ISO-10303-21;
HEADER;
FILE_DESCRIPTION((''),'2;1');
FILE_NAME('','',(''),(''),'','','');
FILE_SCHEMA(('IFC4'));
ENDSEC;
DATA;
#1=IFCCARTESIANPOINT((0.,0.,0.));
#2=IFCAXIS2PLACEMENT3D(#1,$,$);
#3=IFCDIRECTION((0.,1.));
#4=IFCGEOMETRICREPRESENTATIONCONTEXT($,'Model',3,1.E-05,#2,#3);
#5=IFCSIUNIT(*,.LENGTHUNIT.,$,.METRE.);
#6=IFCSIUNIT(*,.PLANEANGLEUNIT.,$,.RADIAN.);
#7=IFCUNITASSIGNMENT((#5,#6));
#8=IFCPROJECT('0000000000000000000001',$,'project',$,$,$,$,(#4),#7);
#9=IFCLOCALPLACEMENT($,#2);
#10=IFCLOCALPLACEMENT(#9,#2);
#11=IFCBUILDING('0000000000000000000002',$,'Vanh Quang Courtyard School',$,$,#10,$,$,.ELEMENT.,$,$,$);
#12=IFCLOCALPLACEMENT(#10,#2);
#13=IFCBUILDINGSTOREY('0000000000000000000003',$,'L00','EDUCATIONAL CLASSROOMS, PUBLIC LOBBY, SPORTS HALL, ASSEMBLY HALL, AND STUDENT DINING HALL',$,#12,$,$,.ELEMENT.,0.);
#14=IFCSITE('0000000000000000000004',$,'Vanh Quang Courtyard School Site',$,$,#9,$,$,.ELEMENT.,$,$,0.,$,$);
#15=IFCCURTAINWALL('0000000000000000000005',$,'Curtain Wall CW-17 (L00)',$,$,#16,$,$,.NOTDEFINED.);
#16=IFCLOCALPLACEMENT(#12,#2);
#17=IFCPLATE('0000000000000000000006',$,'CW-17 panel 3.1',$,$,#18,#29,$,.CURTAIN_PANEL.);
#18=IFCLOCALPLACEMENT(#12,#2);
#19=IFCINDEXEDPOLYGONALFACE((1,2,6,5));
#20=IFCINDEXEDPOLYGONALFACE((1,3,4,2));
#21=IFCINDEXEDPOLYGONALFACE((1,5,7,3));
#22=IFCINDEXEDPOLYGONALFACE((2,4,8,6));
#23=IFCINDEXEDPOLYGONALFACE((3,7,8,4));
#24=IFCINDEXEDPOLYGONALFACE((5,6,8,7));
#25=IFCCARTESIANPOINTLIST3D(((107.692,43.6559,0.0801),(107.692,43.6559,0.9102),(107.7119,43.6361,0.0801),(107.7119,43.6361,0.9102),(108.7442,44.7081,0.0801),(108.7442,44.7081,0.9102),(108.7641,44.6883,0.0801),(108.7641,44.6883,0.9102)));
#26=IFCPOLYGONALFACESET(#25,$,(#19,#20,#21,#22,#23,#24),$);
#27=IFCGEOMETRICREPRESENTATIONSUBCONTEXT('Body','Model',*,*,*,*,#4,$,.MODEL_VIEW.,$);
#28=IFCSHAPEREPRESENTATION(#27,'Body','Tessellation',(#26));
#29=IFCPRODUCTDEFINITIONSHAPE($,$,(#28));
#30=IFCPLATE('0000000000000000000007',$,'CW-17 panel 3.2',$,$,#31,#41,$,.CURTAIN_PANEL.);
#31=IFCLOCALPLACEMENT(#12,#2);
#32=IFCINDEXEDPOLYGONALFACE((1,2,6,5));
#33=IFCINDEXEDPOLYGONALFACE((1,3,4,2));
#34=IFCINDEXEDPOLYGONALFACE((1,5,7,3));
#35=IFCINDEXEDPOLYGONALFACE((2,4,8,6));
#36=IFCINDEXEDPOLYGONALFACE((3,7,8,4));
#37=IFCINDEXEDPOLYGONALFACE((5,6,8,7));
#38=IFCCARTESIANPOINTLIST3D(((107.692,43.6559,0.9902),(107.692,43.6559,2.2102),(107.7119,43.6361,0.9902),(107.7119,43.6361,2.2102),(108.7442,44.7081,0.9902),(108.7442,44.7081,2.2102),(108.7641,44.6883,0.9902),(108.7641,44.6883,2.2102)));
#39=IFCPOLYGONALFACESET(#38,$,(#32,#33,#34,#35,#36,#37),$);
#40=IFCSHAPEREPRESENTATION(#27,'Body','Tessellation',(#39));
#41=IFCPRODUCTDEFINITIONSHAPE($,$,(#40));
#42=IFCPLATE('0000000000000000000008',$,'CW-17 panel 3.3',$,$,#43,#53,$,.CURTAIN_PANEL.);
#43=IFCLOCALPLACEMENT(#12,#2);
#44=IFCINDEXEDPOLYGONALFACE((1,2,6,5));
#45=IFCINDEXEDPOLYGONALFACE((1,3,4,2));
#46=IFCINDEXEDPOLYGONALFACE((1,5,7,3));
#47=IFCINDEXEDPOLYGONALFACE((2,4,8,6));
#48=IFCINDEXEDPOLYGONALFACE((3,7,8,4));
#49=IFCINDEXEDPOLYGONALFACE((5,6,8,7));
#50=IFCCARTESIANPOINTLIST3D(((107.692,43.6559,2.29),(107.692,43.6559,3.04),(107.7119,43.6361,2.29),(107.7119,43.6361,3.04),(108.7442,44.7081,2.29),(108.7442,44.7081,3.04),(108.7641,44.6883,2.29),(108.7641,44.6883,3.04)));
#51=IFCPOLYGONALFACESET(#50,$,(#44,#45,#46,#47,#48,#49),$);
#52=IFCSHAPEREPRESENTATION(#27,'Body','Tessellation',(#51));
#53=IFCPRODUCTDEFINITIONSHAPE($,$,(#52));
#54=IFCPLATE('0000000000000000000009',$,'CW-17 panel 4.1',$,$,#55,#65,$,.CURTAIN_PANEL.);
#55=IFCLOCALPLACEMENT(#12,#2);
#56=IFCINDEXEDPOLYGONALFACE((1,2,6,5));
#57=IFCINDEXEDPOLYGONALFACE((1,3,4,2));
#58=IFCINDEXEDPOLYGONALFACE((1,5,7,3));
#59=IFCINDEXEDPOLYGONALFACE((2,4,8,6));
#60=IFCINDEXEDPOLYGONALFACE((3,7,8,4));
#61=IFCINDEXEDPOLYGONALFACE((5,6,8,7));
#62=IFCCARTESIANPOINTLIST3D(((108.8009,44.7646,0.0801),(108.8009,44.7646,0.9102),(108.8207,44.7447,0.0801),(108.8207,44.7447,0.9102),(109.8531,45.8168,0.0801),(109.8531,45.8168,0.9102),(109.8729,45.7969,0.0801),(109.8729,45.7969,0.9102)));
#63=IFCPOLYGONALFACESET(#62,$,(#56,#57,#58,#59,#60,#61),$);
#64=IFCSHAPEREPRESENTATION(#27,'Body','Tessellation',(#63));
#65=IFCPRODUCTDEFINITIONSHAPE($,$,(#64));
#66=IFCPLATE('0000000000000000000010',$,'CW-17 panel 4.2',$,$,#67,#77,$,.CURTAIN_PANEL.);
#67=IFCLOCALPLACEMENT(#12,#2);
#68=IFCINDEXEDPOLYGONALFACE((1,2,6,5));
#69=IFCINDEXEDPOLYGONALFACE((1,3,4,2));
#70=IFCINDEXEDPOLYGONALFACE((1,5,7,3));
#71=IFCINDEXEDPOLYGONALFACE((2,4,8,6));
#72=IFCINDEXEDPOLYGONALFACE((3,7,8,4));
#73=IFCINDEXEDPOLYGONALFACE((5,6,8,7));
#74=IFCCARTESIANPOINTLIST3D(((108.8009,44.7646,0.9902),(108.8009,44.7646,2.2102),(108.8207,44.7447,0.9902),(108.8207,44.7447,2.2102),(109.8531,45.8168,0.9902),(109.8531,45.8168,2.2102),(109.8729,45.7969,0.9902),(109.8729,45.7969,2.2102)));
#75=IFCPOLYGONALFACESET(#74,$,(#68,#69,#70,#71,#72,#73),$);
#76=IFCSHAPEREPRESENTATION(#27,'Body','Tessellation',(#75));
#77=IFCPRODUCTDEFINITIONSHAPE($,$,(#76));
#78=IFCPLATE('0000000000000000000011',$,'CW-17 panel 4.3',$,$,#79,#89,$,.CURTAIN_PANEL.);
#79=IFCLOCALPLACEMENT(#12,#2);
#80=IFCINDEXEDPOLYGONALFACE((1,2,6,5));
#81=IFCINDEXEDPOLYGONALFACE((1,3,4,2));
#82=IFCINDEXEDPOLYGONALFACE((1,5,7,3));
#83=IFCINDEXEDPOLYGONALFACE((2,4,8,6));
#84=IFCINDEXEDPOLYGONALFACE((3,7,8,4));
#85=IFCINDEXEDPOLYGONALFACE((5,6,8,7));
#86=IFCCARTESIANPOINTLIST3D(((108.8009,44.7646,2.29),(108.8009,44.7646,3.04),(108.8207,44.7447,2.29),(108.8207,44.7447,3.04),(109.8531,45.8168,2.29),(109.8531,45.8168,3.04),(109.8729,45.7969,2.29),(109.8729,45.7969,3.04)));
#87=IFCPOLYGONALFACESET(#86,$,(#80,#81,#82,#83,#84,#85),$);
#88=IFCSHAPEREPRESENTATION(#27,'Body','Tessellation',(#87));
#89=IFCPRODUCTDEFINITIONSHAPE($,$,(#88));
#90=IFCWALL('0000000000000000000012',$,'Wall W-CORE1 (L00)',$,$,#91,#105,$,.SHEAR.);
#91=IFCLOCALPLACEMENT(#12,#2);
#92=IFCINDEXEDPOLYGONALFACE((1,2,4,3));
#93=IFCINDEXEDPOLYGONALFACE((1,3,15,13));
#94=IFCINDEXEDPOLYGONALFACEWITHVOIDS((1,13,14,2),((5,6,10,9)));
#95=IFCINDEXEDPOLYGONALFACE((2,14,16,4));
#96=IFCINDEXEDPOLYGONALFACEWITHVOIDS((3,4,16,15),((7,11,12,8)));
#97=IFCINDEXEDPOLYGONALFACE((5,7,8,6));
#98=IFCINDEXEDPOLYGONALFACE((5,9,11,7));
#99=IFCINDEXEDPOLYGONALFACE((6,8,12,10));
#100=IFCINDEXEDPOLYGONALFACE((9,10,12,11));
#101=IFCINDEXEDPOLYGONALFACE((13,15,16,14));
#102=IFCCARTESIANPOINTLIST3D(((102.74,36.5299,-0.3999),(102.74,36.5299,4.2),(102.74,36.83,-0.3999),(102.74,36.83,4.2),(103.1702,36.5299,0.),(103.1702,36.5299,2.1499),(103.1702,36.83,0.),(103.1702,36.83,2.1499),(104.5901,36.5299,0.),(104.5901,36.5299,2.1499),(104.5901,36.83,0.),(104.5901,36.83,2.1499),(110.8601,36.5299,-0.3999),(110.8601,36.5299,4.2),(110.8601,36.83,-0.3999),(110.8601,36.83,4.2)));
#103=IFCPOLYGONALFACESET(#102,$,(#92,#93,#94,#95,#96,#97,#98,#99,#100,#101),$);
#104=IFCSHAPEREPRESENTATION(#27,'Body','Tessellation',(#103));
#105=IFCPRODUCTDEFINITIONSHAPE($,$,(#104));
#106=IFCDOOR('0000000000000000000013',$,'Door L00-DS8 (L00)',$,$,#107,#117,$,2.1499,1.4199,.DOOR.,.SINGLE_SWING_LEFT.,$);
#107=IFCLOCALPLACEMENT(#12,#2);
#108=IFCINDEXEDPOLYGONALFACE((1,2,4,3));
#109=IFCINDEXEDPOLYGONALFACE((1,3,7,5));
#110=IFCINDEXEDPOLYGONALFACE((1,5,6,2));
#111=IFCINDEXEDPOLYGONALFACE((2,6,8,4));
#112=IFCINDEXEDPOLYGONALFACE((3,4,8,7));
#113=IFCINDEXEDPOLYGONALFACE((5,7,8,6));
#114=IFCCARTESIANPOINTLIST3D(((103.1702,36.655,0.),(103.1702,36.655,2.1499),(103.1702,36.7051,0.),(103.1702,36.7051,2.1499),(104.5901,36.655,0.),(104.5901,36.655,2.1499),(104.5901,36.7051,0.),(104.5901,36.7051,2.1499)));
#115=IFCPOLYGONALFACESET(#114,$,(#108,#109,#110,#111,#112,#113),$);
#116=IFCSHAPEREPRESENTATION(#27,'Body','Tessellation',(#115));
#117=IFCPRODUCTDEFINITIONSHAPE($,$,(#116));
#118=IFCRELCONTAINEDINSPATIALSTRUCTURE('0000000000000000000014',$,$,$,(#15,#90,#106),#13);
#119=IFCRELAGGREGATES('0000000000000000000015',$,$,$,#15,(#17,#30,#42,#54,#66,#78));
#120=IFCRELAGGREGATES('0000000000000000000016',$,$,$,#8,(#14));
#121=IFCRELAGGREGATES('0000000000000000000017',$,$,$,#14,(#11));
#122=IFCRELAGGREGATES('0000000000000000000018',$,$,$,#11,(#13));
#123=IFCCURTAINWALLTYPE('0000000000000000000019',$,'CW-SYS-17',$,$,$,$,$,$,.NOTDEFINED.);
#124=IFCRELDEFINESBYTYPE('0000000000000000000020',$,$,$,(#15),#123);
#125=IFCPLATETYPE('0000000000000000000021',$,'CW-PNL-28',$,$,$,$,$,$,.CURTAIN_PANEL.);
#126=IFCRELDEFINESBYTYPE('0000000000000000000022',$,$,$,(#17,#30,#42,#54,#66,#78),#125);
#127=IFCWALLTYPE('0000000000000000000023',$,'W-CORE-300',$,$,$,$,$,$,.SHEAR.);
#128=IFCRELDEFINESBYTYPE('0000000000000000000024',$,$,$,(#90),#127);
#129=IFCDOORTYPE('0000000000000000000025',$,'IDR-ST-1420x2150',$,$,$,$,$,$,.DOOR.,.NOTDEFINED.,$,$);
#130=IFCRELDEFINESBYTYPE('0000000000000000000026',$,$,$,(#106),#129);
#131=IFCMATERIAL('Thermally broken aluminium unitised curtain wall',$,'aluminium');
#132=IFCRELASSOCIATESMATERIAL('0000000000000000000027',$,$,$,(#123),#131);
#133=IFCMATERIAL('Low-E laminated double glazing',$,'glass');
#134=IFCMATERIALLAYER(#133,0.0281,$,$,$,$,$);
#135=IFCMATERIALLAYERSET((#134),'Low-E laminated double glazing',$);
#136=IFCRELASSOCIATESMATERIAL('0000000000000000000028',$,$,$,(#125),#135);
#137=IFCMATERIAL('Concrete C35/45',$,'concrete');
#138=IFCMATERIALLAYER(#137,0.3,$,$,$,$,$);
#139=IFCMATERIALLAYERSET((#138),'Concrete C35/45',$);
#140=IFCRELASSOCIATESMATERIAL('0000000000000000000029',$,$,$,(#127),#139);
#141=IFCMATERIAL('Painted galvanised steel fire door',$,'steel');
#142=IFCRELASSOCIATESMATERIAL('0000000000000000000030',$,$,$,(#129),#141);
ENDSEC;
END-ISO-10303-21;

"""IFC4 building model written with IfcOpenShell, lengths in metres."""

from ifc_helpers import new_model, si_unit, direction, frame, frame_2d, origin, origin_2d, place, context, subcontext, project, spatial, rectangle, extrude, material, layer, layer_set, type_object, element, fill, aggregate, save


model = new_model("IFC4")

# Units and contexts
model_context = context("Model", 3, precision=1e-05, world=origin(), true_north=direction((0.0, 1.0)))
body_context = subcontext(model_context, "Body", "Model", "MODEL_VIEW")
ifc_project = project(units=[si_unit("LENGTHUNIT", "METRE"), si_unit("PLANEANGLEUNIT", "RADIAN")], contexts=[model_context])

# Site, building, storey
site_placement = place(None, origin())
site = spatial("IfcSite", under=ifc_project, at=site_placement, Name="Vanh Quang Courtyard School Site", CompositionType="ELEMENT", RefElevation=0.0)
building_placement = place(site_placement, origin())
building = spatial("IfcBuilding", under=site, at=building_placement, Name="Vanh Quang Courtyard School", CompositionType="ELEMENT")
storey_placement = place(building_placement, origin())
storey = spatial("IfcBuildingStorey", under=building, at=storey_placement, Name="L00", Description="EDUCATIONAL CLASSROOMS, PUBLIC LOBBY, SPORTS HALL, ASSEMBLY HALL, AND STUDENT DINING HALL", CompositionType="ELEMENT", Elevation=0.0)

# Shared definitions
ifc_material_1 = material(Name="Concrete C35/45", Category="concrete")

# Curtain wall, plates
ifc_material_2 = material(Name="Thermally broken aluminium unitised curtain wall", Category="aluminium")
curtain_wall_type = type_object("IfcCurtainWallType", Name="CW-SYS-17", PredefinedType="NOTDEFINED", material=ifc_material_2)
curtain_wall_placement = place(storey_placement, origin())
curtain_wall = element("IfcCurtainWall", 1, at=curtain_wall_placement, inside=storey, type_object=curtain_wall_type, Name="Curtain Wall CW-17 (L00)", PredefinedType="NOTDEFINED")
ifc_material_3 = material(Name="Low-E laminated double glazing", Category="glass")
ifc_layer_1 = layer(ifc_material_3, 0.0281)
ifc_layer_set_1 = layer_set([ifc_layer_1], Name="Low-E laminated double glazing")
plate_type = type_object("IfcPlateType", Name="CW-PNL-28", PredefinedType="CURTAIN_PANEL", material=ifc_layer_set_1)
plate_1_placement = place(storey_placement, frame((108.228, 44.1721, 0.0801), z_axis=(0.0, 0.0, 1.0), x_axis=(0.707107, 0.707107, 0.0)))
plate_1 = element("IfcPlate", 2, at=plate_1_placement, type_object=plate_type, Name="CW-17 panel 3.1", PredefinedType="CURTAIN_PANEL", context=body_context, shape_type="SweptSolid", body=[
    extrude(rectangle(XDim=1.488, YDim=0.0281, at=origin_2d()), origin(), (0.0, 0.0, 1.0), 0.8301),
])
plate_2_placement = place(storey_placement, frame((108.228, 44.1721, 0.9902), z_axis=(0.0, 0.0, 1.0), x_axis=(0.707107, 0.707107, 0.0)))
plate_2 = element("IfcPlate", 3, at=plate_2_placement, type_object=plate_type, Name="CW-17 panel 3.2", PredefinedType="CURTAIN_PANEL", context=body_context, shape_type="SweptSolid", body=[
    extrude(rectangle(XDim=1.488, YDim=0.0281, at=origin_2d()), origin(), (0.0, 0.0, 1.0), 1.22),
])
plate_3_placement = place(storey_placement, frame((108.228, 44.1721, 2.29), z_axis=(0.0, 0.0, 1.0), x_axis=(0.707107, 0.707107, 0.0)))
plate_3 = element("IfcPlate", 4, at=plate_3_placement, type_object=plate_type, Name="CW-17 panel 3.3", PredefinedType="CURTAIN_PANEL", context=body_context, shape_type="SweptSolid", body=[
    extrude(rectangle(XDim=1.488, YDim=0.0281, at=origin_2d()), origin(), (0.0, 0.0, 1.0), 0.75),
])
plate_4_placement = place(storey_placement, frame((109.3369, 45.2808, 0.0801), z_axis=(0.0, 0.0, 1.0), x_axis=(0.707107, 0.707107, 0.0)))
plate_4 = element("IfcPlate", 5, at=plate_4_placement, type_object=plate_type, Name="CW-17 panel 4.1", PredefinedType="CURTAIN_PANEL", context=body_context, shape_type="SweptSolid", body=[
    extrude(rectangle(XDim=1.488, YDim=0.0281, at=origin_2d()), origin(), (0.0, 0.0, 1.0), 0.8301),
])
plate_5_placement = place(storey_placement, frame((109.3369, 45.2808, 0.9902), z_axis=(0.0, 0.0, 1.0), x_axis=(0.707107, 0.707107, 0.0)))
plate_5 = element("IfcPlate", 6, at=plate_5_placement, type_object=plate_type, Name="CW-17 panel 4.2", PredefinedType="CURTAIN_PANEL", context=body_context, shape_type="SweptSolid", body=[
    extrude(rectangle(XDim=1.488, YDim=0.0281, at=origin_2d()), origin(), (0.0, 0.0, 1.0), 1.22),
])
plate_6_placement = place(storey_placement, frame((109.3369, 45.2808, 2.29), z_axis=(0.0, 0.0, 1.0), x_axis=(0.707107, 0.707107, 0.0)))
plate_6 = element("IfcPlate", 7, at=plate_6_placement, type_object=plate_type, Name="CW-17 panel 4.3", PredefinedType="CURTAIN_PANEL", context=body_context, shape_type="SweptSolid", body=[
    extrude(rectangle(XDim=1.488, YDim=0.0281, at=origin_2d()), origin(), (0.0, 0.0, 1.0), 0.75),
])
aggregate(curtain_wall, [plate_1, plate_2, plate_3, plate_4, plate_5, plate_6])

# Wall, opening, door
ifc_layer_2 = layer(ifc_material_1, 0.3)
ifc_layer_set_2 = layer_set([ifc_layer_2], Name="Concrete C35/45")
wall_type = type_object("IfcWallType", Name="W-CORE-300", PredefinedType="SHEAR", material=ifc_layer_set_2)
wall_placement = place(storey_placement, frame((110.8601, 36.6799, -0.3999), z_axis=(0.0, 0.0, 1.0), x_axis=(-1.0, 0.0, 0.0)))
wall = element("IfcWall", 8, at=wall_placement, inside=storey, type_object=wall_type, Name="Wall W-CORE1 (L00)", PredefinedType="SHEAR", context=body_context, shape_type="SweptSolid", body=[
    extrude(rectangle(XDim=8.1201, YDim=0.3, at=frame_2d((4.0601, 0.0))), origin(), (0.0, 0.0, 1.0), 4.5999),
])
opening_placement = place(wall_placement, frame((6.27, 0.0, 0.3999)))
opening = element("IfcOpeningElement", 9, at=opening_placement, cuts=wall, PredefinedType="OPENING", context=body_context, shape_type="SweptSolid", body=[
    extrude(rectangle(XDim=1.4199, YDim=2.1499, at=frame_2d((0.71, 1.075))), frame((0.0, 0.1602, 0.0), z_axis=(0.0, -1.0, 0.0), x_axis=(1.0, 0.0, 0.0)), (0.0, 0.0, 1.0), 0.3201),
])
ifc_material_4 = material(Name="Painted galvanised steel fire door", Category="steel")
door_type = type_object("IfcDoorType", Name="IDR-ST-1420x2150", OperationType="NOTDEFINED", PredefinedType="DOOR", material=ifc_material_4)
door_placement = place(opening_placement, origin())
door = element("IfcDoor", 10, at=door_placement, inside=storey, type_object=door_type, Name="Door L00-DS8 (L00)", OperationType="SINGLE_SWING_LEFT", OverallHeight=2.1499, OverallWidth=1.4199, PredefinedType="DOOR", context=body_context, shape_type="SweptSolid", body=[
    extrude(rectangle(XDim=1.4199, YDim=2.1499, at=frame_2d((0.71, 1.075))), frame((0.0, 0.0249, 0.0), z_axis=(0.0, -1.0, 0.0), x_axis=(1.0, 0.0, 0.0)), (0.0, 0.0, 1.0), 0.05),
])
fill(opening, door)

save(model, "model.ifc")
